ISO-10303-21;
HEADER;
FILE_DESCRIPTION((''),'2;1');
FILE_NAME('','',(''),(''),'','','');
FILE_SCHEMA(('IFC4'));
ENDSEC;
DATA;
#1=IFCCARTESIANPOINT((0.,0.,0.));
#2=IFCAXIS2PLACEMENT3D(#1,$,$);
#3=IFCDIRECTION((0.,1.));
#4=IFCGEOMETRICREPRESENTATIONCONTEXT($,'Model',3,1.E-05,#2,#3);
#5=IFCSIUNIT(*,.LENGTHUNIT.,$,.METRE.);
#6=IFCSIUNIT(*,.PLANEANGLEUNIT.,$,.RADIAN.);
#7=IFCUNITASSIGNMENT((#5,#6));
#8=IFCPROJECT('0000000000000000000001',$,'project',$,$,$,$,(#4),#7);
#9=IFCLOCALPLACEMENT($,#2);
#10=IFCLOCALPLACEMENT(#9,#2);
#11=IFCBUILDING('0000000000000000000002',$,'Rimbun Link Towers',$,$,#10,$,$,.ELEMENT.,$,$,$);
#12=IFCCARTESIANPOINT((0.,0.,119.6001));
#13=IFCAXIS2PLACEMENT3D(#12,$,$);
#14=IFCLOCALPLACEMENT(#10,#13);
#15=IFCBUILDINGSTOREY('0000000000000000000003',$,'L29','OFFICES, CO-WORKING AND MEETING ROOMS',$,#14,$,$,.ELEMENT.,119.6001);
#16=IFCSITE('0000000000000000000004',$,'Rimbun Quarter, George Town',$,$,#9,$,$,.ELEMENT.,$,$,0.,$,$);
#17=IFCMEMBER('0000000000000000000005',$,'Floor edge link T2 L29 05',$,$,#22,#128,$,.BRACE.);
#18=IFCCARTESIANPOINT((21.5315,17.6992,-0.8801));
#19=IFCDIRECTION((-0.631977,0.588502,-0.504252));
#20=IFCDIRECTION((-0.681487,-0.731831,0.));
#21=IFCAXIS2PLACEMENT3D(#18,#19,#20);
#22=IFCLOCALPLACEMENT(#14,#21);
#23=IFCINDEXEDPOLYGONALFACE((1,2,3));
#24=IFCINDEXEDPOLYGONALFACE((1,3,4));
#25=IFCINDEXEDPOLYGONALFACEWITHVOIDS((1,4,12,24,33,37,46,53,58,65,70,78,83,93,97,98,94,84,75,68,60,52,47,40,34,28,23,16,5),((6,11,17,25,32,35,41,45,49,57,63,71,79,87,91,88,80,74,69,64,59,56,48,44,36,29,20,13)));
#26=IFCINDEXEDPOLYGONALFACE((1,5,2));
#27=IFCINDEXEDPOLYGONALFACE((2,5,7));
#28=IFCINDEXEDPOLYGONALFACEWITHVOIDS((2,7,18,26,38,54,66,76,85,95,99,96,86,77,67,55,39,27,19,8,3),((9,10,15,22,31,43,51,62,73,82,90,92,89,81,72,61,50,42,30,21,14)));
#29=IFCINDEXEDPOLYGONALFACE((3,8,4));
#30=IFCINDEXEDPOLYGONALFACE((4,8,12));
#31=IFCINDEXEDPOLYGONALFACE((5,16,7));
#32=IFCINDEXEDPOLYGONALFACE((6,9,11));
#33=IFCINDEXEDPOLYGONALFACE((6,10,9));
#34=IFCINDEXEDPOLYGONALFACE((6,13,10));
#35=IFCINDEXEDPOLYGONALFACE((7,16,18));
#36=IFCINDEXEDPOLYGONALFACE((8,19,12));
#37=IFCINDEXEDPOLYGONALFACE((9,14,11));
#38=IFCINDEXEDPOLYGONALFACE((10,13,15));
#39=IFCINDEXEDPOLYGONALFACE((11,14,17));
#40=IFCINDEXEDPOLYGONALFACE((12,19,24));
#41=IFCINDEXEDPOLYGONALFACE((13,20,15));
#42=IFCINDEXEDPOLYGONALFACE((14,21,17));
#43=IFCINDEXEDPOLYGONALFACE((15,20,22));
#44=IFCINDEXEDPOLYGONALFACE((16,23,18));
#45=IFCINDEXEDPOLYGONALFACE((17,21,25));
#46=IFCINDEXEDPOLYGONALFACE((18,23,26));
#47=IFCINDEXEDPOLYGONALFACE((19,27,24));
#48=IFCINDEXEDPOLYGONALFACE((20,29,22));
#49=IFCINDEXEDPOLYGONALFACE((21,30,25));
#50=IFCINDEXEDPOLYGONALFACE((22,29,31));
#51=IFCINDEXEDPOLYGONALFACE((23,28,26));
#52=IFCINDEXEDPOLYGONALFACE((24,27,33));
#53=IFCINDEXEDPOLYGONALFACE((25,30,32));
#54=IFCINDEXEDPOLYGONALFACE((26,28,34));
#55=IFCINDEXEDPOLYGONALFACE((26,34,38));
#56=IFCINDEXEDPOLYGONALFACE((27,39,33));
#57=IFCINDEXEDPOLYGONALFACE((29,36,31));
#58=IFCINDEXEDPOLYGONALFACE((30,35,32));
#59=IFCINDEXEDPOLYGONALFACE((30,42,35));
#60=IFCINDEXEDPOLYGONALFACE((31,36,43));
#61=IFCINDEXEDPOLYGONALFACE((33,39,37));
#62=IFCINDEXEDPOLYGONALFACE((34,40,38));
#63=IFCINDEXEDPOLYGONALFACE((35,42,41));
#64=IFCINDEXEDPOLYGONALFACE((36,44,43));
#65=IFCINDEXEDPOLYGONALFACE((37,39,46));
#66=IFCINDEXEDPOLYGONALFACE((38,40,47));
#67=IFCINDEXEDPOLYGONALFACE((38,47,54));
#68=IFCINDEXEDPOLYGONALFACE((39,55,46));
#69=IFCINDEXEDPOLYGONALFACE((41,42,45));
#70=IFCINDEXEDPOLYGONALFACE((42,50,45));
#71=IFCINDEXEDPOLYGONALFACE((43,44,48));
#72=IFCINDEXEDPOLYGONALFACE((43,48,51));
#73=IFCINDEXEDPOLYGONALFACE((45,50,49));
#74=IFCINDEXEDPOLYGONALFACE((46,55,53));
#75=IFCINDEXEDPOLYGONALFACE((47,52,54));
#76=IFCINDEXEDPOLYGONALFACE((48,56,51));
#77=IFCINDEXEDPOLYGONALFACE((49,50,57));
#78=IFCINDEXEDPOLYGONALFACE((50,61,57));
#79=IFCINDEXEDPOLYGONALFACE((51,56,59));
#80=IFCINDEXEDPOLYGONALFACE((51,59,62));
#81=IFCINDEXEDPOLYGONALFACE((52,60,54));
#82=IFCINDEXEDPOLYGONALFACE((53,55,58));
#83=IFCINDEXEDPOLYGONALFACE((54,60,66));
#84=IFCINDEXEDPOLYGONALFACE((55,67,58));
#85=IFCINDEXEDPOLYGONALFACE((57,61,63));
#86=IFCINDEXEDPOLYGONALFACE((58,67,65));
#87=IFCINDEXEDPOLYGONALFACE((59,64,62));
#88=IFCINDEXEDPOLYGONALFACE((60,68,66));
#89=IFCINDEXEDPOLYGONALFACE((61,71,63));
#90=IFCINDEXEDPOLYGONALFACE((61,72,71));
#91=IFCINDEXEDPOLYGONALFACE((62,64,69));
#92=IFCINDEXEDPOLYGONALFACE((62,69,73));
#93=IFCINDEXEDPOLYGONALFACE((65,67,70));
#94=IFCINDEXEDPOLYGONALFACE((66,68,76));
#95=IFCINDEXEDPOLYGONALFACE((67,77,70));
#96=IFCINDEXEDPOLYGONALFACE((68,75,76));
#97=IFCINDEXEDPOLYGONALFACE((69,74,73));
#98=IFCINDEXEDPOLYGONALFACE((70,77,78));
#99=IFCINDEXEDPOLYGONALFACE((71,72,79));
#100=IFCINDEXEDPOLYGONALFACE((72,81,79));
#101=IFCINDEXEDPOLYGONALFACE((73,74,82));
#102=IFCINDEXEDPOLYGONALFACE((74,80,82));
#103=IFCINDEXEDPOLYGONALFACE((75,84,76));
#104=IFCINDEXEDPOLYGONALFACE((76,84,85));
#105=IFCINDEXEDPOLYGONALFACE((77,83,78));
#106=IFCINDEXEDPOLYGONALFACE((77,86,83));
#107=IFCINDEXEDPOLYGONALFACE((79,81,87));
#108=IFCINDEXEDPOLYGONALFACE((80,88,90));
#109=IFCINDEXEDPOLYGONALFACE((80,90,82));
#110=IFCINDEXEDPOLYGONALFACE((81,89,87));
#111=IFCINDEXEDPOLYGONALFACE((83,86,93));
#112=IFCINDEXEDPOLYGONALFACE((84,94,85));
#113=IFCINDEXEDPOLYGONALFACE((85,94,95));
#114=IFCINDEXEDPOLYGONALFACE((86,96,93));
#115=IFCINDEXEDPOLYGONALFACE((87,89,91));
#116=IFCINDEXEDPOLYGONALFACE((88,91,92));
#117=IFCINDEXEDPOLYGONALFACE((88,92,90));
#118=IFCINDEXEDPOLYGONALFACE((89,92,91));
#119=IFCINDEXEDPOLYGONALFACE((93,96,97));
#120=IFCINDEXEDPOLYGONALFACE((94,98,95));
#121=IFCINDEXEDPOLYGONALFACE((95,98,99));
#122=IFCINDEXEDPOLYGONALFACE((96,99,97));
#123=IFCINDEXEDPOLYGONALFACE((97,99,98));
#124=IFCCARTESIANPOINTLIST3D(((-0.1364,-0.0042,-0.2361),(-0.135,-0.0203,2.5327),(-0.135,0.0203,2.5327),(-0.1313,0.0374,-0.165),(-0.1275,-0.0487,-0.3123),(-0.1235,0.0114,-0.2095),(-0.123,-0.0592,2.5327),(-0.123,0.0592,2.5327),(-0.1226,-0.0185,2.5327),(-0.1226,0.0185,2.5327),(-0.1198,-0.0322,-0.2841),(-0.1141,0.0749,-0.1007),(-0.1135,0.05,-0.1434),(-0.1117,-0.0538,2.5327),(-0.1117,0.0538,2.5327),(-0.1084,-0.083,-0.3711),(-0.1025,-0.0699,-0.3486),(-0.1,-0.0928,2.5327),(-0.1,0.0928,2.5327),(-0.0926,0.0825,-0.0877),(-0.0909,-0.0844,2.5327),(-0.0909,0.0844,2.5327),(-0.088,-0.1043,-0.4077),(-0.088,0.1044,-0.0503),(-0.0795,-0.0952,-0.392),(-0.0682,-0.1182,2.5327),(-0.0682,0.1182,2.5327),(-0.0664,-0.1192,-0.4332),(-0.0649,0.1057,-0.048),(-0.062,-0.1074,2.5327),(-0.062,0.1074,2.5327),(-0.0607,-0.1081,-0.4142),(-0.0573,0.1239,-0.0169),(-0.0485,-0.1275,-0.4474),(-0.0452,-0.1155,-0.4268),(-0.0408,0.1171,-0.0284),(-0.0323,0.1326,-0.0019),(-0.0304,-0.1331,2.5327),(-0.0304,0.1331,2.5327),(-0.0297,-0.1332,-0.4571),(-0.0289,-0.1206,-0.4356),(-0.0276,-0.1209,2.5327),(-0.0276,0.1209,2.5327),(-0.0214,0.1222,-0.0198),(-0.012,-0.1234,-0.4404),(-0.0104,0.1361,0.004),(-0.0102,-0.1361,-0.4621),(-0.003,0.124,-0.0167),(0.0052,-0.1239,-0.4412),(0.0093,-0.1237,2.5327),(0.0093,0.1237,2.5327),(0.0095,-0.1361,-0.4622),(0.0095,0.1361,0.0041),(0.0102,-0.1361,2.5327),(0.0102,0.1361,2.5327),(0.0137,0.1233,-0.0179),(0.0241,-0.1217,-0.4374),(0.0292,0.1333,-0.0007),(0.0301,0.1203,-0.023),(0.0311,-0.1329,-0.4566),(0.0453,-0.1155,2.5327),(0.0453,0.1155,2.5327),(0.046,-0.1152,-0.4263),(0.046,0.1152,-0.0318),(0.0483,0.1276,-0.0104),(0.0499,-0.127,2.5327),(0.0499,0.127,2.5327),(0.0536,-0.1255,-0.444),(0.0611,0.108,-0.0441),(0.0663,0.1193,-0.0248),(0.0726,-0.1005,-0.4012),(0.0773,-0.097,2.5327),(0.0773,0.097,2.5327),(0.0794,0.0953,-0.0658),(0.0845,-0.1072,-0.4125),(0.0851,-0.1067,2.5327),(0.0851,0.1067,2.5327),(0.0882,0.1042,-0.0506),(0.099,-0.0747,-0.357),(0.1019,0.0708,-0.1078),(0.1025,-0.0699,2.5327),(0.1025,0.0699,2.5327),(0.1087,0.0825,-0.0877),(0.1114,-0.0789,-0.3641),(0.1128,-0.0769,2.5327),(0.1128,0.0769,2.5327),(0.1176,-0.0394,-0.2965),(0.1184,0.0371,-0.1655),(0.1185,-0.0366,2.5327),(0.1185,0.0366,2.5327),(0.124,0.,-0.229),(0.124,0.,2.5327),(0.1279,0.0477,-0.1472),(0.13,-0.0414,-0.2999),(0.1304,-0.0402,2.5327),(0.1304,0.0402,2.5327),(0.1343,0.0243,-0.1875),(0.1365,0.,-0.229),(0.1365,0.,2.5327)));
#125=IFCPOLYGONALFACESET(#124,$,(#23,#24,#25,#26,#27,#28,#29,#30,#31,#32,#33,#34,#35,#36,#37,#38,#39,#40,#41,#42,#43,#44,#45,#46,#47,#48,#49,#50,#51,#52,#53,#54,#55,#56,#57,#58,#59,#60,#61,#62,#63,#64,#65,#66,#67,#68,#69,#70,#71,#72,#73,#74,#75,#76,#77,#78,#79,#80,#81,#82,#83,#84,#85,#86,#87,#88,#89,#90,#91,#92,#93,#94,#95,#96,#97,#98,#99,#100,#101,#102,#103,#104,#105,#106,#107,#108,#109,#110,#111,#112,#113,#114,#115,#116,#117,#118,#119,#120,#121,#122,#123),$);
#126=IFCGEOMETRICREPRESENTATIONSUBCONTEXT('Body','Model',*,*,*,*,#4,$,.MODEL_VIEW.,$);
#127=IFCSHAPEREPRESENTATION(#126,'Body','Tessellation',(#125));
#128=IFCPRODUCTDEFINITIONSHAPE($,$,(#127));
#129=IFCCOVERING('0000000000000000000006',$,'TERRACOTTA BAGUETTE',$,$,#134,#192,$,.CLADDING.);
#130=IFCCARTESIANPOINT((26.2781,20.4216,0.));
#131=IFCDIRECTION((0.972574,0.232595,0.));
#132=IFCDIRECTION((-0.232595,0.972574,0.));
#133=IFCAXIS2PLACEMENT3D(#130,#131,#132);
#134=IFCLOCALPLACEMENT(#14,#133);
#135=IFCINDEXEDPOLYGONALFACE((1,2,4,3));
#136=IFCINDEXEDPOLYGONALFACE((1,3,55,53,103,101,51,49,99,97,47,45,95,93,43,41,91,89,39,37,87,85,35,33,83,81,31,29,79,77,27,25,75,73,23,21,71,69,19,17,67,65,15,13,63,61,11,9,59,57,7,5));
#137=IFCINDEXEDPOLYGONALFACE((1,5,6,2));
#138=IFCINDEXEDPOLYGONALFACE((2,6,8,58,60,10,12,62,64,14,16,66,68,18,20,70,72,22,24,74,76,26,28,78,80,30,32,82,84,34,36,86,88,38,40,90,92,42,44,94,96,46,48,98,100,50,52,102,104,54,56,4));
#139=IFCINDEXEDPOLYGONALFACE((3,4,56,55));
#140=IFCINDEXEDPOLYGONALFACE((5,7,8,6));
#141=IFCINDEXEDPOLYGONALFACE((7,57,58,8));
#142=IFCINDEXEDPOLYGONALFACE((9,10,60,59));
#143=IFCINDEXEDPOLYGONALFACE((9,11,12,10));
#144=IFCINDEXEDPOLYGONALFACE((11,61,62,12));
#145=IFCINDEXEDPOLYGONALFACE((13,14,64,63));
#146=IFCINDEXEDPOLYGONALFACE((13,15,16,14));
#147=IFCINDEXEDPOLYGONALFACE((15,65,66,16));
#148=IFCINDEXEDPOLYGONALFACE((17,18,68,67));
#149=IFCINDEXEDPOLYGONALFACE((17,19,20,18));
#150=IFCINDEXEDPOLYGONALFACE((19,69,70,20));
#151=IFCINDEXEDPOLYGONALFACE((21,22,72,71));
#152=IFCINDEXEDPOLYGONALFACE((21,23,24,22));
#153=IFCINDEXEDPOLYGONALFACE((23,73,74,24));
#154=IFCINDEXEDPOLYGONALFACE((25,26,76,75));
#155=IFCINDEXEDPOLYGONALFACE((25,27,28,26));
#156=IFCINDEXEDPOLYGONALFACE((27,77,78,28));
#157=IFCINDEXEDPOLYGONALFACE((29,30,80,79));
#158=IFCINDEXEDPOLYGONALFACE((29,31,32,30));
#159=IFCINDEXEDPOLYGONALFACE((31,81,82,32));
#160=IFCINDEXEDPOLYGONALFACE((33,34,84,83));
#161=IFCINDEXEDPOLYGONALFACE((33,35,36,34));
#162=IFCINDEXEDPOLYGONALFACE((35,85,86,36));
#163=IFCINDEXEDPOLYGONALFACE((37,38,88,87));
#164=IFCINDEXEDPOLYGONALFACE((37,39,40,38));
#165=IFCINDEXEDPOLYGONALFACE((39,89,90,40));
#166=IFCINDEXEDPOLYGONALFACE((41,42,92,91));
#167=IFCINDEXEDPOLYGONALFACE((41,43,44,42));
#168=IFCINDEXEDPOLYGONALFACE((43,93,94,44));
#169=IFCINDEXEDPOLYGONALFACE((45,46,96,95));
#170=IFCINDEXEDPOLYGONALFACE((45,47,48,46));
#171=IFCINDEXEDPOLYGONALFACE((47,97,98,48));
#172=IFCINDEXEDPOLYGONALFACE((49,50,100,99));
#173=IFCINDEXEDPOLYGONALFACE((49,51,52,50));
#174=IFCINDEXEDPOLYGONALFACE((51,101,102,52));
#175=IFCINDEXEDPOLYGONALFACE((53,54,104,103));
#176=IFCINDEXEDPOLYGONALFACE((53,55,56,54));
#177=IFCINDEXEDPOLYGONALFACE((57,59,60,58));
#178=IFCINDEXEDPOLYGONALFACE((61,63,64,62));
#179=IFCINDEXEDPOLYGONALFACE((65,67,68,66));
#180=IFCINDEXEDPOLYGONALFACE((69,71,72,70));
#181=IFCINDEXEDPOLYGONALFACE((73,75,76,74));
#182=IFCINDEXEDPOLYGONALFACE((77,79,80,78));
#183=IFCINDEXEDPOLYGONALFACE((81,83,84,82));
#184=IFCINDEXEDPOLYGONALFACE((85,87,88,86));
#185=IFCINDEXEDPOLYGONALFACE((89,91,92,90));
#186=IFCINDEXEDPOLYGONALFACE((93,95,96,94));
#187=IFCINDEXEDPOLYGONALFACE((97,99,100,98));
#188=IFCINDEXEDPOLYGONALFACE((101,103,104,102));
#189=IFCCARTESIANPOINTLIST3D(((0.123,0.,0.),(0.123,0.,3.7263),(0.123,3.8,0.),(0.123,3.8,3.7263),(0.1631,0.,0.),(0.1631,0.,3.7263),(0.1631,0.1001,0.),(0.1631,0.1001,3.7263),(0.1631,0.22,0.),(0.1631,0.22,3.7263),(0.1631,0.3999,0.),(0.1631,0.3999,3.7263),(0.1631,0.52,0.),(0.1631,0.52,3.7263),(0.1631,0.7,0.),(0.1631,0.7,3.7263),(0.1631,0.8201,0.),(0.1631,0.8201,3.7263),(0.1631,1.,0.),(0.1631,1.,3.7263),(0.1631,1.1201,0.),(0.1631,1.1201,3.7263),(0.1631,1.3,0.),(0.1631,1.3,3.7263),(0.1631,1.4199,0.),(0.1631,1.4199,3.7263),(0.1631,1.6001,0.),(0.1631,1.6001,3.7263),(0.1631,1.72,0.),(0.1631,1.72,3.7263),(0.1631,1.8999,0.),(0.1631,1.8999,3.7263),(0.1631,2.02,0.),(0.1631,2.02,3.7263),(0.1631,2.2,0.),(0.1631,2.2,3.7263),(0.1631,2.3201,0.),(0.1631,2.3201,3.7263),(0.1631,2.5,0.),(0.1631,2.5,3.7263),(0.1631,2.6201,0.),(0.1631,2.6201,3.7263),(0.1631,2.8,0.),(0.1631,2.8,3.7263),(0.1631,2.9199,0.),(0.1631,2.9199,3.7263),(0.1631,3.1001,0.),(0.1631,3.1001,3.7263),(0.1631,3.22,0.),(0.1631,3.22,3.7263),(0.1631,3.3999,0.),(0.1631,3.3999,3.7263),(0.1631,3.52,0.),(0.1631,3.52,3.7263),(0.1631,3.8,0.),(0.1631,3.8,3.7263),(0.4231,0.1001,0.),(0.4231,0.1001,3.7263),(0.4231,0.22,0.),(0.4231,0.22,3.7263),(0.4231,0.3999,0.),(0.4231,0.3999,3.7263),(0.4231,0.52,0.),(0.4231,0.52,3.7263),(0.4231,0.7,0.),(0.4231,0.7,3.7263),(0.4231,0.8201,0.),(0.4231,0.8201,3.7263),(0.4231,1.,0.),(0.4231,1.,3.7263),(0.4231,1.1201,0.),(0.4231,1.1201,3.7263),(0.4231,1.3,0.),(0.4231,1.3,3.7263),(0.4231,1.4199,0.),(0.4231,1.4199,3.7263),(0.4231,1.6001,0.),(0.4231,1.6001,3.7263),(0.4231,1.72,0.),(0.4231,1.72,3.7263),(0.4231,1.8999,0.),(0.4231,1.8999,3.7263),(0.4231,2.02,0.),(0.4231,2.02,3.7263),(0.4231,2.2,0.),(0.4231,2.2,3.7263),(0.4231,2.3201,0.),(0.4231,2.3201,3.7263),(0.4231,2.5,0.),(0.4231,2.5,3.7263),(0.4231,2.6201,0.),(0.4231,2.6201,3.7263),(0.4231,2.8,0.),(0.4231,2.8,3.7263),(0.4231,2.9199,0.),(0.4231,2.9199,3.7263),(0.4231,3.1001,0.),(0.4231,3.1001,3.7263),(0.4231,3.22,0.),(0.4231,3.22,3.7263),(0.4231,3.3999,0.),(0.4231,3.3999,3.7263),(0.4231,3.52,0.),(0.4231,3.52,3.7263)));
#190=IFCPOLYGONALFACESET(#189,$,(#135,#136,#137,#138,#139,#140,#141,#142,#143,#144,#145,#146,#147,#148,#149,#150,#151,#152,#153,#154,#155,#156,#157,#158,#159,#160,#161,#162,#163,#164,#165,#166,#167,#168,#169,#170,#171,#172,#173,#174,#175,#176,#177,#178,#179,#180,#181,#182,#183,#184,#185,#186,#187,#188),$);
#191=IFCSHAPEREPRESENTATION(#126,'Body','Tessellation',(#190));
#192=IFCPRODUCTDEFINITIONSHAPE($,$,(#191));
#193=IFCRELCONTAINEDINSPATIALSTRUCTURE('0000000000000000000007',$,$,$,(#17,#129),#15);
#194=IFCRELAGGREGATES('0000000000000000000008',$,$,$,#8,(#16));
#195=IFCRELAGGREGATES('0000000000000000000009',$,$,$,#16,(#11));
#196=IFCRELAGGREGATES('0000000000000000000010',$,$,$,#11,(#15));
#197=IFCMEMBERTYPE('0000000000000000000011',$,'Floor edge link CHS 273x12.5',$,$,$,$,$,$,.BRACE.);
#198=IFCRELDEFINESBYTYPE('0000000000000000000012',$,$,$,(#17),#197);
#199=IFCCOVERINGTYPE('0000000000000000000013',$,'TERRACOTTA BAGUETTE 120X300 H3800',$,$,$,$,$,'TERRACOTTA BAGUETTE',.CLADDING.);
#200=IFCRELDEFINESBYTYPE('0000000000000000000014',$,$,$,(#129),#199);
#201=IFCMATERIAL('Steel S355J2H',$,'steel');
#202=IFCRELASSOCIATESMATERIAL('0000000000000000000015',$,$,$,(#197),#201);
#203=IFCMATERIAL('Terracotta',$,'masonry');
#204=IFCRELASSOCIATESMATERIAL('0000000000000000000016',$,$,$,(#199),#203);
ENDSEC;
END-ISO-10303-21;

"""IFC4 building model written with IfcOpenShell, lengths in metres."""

from ifc_helpers import new_model, si_unit, direction, frame, origin, origin_2d, place, context, subcontext, project, spatial, polyline, hollow_circle, outline, extrude, clip, halfspace, material, material_profile, profile_set, type_object, element, save


model = new_model("IFC4")

# Units and contexts
model_context = context("Model", 3, precision=1e-05, world=origin(), true_north=direction((0.0, 1.0)))
body_context = subcontext(model_context, "Body", "Model", "MODEL_VIEW")
ifc_project = project(units=[si_unit("LENGTHUNIT", "METRE"), si_unit("PLANEANGLEUNIT", "RADIAN")], contexts=[model_context])

# Site, building, storey
site_placement = place(None, origin())
site = spatial("IfcSite", under=ifc_project, at=site_placement, Name="Rimbun Quarter, George Town", CompositionType="ELEMENT", RefElevation=0.0)
building_placement = place(site_placement, origin())
building = spatial("IfcBuilding", under=site, at=building_placement, Name="Rimbun Link Towers", CompositionType="ELEMENT")
storey_placement = place(building_placement, frame((0.0, 0.0, 119.6001)))
storey = spatial("IfcBuildingStorey", under=building, at=storey_placement, Name="L29", Description="OFFICES, CO-WORKING AND MEETING ROOMS", CompositionType="ELEMENT", Elevation=119.6001)

# Member
ifc_material_1 = material(Name="Steel S355J2H", Category="steel")
ifc_material_profile_1 = material_profile(ifc_material_1, hollow_circle(Radius=0.1365, WallThickness=0.0125, at=origin_2d()), Name="CHS 273x12.5")
ifc_profile_set_1 = profile_set([ifc_material_profile_1], Name="Steel S355J2H")
member_type_1 = type_object("IfcMemberType", Name="Floor edge link CHS 273x12.5", PredefinedType="BRACE", material=ifc_profile_set_1)
member_1_placement = place(storey_placement, frame((21.5315, 17.6992, -0.8801), z_axis=(-0.631977, 0.588502, -0.504252), x_axis=(-0.681487, -0.731831, 0.0)))
element("IfcMember", 1, at=member_1_placement, inside=storey, type_object=member_type_1, Name="Floor edge link T2 L29 05", PredefinedType="BRACE", context=body_context, shape_type="Clipping", body=[
    clip(extrude(hollow_circle(Radius=0.1365, WallThickness=0.0125, at=origin_2d()), frame((0.0, 0.0, -0.4873)), (0.0, 0.0, 1.0), 3.02), halfspace(frame((0.0, 0.0, -0.229), z_axis=(0.0, 0.863557, -0.504252)), False)),
])

# Covering
ifc_material_2 = material(Name="Terracotta", Category="masonry")
ifc_material_profile_2 = material_profile(ifc_material_2, outline(polyline([(0.123, 0.0), (0.1631, 0.0), (0.1631, 0.1001), (0.4231, 0.1001), (0.4231, 0.22), (0.1631, 0.22), (0.1631, 0.3999), (0.4231, 0.3999), (0.4231, 0.52), (0.1631, 0.52), (0.1631, 0.7), (0.4231, 0.7), (0.4231, 0.8201), (0.1631, 0.8201), (0.1631, 1.0), (0.4231, 1.0), (0.4231, 1.1201), (0.1631, 1.1201), (0.1631, 1.3), (0.4231, 1.3), (0.4231, 1.4199), (0.1631, 1.4199), (0.1631, 1.6001), (0.4231, 1.6001), (0.4231, 1.72), (0.1631, 1.72), (0.1631, 1.8999), (0.4231, 1.8999), (0.4231, 2.02), (0.1631, 2.02), (0.1631, 2.2), (0.4231, 2.2), (0.4231, 2.3201), (0.1631, 2.3201), (0.1631, 2.5), (0.4231, 2.5), (0.4231, 2.6201), (0.1631, 2.6201), (0.1631, 2.8), (0.4231, 2.8), (0.4231, 2.9199), (0.1631, 2.9199), (0.1631, 3.1001), (0.4231, 3.1001), (0.4231, 3.22), (0.1631, 3.22), (0.1631, 3.3999), (0.4231, 3.3999), (0.4231, 3.52), (0.1631, 3.52), (0.1631, 3.8), (0.123, 3.8), (0.123, 0.0)])), Name="BAGUETTE 120X300")
ifc_profile_set_2 = profile_set([ifc_material_profile_2], Name="Terracotta")
covering_type = type_object("IfcCoveringType", Name="TERRACOTTA BAGUETTE 120X300 H3800", ElementType="TERRACOTTA BAGUETTE", PredefinedType="CLADDING", material=ifc_profile_set_2)
covering_1_placement = place(storey_placement, frame((26.2781, 20.4216, 0.0), z_axis=(0.972574, 0.232595, 0.0), x_axis=(-0.232595, 0.972574, 0.0)))
element("IfcCovering", 2, at=covering_1_placement, inside=storey, type_object=covering_type, Name="TERRACOTTA BAGUETTE", PredefinedType="CLADDING", context=body_context, shape_type="SweptSolid", body=[
    extrude(outline(polyline([(0.123, 0.0), (0.1631, 0.0), (0.1631, 0.1001), (0.4231, 0.1001), (0.4231, 0.22), (0.1631, 0.22), (0.1631, 0.3999), (0.4231, 0.3999), (0.4231, 0.52), (0.1631, 0.52), (0.1631, 0.7), (0.4231, 0.7), (0.4231, 0.8201), (0.1631, 0.8201), (0.1631, 1.0), (0.4231, 1.0), (0.4231, 1.1201), (0.1631, 1.1201), (0.1631, 1.3), (0.4231, 1.3), (0.4231, 1.4199), (0.1631, 1.4199), (0.1631, 1.6001), (0.4231, 1.6001), (0.4231, 1.72), (0.1631, 1.72), (0.1631, 1.8999), (0.4231, 1.8999), (0.4231, 2.02), (0.1631, 2.02), (0.1631, 2.2), (0.4231, 2.2), (0.4231, 2.3201), (0.1631, 2.3201), (0.1631, 2.5), (0.4231, 2.5), (0.4231, 2.6201), (0.1631, 2.6201), (0.1631, 2.8), (0.4231, 2.8), (0.4231, 2.9199), (0.1631, 2.9199), (0.1631, 3.1001), (0.4231, 3.1001), (0.4231, 3.22), (0.1631, 3.22), (0.1631, 3.3999), (0.4231, 3.3999), (0.4231, 3.52), (0.1631, 3.52), (0.1631, 3.8), (0.123, 3.8), (0.123, 0.0)])), origin(), (0.0, 0.0, 1.0), 3.7263),
])

save(model, "model.ifc")
